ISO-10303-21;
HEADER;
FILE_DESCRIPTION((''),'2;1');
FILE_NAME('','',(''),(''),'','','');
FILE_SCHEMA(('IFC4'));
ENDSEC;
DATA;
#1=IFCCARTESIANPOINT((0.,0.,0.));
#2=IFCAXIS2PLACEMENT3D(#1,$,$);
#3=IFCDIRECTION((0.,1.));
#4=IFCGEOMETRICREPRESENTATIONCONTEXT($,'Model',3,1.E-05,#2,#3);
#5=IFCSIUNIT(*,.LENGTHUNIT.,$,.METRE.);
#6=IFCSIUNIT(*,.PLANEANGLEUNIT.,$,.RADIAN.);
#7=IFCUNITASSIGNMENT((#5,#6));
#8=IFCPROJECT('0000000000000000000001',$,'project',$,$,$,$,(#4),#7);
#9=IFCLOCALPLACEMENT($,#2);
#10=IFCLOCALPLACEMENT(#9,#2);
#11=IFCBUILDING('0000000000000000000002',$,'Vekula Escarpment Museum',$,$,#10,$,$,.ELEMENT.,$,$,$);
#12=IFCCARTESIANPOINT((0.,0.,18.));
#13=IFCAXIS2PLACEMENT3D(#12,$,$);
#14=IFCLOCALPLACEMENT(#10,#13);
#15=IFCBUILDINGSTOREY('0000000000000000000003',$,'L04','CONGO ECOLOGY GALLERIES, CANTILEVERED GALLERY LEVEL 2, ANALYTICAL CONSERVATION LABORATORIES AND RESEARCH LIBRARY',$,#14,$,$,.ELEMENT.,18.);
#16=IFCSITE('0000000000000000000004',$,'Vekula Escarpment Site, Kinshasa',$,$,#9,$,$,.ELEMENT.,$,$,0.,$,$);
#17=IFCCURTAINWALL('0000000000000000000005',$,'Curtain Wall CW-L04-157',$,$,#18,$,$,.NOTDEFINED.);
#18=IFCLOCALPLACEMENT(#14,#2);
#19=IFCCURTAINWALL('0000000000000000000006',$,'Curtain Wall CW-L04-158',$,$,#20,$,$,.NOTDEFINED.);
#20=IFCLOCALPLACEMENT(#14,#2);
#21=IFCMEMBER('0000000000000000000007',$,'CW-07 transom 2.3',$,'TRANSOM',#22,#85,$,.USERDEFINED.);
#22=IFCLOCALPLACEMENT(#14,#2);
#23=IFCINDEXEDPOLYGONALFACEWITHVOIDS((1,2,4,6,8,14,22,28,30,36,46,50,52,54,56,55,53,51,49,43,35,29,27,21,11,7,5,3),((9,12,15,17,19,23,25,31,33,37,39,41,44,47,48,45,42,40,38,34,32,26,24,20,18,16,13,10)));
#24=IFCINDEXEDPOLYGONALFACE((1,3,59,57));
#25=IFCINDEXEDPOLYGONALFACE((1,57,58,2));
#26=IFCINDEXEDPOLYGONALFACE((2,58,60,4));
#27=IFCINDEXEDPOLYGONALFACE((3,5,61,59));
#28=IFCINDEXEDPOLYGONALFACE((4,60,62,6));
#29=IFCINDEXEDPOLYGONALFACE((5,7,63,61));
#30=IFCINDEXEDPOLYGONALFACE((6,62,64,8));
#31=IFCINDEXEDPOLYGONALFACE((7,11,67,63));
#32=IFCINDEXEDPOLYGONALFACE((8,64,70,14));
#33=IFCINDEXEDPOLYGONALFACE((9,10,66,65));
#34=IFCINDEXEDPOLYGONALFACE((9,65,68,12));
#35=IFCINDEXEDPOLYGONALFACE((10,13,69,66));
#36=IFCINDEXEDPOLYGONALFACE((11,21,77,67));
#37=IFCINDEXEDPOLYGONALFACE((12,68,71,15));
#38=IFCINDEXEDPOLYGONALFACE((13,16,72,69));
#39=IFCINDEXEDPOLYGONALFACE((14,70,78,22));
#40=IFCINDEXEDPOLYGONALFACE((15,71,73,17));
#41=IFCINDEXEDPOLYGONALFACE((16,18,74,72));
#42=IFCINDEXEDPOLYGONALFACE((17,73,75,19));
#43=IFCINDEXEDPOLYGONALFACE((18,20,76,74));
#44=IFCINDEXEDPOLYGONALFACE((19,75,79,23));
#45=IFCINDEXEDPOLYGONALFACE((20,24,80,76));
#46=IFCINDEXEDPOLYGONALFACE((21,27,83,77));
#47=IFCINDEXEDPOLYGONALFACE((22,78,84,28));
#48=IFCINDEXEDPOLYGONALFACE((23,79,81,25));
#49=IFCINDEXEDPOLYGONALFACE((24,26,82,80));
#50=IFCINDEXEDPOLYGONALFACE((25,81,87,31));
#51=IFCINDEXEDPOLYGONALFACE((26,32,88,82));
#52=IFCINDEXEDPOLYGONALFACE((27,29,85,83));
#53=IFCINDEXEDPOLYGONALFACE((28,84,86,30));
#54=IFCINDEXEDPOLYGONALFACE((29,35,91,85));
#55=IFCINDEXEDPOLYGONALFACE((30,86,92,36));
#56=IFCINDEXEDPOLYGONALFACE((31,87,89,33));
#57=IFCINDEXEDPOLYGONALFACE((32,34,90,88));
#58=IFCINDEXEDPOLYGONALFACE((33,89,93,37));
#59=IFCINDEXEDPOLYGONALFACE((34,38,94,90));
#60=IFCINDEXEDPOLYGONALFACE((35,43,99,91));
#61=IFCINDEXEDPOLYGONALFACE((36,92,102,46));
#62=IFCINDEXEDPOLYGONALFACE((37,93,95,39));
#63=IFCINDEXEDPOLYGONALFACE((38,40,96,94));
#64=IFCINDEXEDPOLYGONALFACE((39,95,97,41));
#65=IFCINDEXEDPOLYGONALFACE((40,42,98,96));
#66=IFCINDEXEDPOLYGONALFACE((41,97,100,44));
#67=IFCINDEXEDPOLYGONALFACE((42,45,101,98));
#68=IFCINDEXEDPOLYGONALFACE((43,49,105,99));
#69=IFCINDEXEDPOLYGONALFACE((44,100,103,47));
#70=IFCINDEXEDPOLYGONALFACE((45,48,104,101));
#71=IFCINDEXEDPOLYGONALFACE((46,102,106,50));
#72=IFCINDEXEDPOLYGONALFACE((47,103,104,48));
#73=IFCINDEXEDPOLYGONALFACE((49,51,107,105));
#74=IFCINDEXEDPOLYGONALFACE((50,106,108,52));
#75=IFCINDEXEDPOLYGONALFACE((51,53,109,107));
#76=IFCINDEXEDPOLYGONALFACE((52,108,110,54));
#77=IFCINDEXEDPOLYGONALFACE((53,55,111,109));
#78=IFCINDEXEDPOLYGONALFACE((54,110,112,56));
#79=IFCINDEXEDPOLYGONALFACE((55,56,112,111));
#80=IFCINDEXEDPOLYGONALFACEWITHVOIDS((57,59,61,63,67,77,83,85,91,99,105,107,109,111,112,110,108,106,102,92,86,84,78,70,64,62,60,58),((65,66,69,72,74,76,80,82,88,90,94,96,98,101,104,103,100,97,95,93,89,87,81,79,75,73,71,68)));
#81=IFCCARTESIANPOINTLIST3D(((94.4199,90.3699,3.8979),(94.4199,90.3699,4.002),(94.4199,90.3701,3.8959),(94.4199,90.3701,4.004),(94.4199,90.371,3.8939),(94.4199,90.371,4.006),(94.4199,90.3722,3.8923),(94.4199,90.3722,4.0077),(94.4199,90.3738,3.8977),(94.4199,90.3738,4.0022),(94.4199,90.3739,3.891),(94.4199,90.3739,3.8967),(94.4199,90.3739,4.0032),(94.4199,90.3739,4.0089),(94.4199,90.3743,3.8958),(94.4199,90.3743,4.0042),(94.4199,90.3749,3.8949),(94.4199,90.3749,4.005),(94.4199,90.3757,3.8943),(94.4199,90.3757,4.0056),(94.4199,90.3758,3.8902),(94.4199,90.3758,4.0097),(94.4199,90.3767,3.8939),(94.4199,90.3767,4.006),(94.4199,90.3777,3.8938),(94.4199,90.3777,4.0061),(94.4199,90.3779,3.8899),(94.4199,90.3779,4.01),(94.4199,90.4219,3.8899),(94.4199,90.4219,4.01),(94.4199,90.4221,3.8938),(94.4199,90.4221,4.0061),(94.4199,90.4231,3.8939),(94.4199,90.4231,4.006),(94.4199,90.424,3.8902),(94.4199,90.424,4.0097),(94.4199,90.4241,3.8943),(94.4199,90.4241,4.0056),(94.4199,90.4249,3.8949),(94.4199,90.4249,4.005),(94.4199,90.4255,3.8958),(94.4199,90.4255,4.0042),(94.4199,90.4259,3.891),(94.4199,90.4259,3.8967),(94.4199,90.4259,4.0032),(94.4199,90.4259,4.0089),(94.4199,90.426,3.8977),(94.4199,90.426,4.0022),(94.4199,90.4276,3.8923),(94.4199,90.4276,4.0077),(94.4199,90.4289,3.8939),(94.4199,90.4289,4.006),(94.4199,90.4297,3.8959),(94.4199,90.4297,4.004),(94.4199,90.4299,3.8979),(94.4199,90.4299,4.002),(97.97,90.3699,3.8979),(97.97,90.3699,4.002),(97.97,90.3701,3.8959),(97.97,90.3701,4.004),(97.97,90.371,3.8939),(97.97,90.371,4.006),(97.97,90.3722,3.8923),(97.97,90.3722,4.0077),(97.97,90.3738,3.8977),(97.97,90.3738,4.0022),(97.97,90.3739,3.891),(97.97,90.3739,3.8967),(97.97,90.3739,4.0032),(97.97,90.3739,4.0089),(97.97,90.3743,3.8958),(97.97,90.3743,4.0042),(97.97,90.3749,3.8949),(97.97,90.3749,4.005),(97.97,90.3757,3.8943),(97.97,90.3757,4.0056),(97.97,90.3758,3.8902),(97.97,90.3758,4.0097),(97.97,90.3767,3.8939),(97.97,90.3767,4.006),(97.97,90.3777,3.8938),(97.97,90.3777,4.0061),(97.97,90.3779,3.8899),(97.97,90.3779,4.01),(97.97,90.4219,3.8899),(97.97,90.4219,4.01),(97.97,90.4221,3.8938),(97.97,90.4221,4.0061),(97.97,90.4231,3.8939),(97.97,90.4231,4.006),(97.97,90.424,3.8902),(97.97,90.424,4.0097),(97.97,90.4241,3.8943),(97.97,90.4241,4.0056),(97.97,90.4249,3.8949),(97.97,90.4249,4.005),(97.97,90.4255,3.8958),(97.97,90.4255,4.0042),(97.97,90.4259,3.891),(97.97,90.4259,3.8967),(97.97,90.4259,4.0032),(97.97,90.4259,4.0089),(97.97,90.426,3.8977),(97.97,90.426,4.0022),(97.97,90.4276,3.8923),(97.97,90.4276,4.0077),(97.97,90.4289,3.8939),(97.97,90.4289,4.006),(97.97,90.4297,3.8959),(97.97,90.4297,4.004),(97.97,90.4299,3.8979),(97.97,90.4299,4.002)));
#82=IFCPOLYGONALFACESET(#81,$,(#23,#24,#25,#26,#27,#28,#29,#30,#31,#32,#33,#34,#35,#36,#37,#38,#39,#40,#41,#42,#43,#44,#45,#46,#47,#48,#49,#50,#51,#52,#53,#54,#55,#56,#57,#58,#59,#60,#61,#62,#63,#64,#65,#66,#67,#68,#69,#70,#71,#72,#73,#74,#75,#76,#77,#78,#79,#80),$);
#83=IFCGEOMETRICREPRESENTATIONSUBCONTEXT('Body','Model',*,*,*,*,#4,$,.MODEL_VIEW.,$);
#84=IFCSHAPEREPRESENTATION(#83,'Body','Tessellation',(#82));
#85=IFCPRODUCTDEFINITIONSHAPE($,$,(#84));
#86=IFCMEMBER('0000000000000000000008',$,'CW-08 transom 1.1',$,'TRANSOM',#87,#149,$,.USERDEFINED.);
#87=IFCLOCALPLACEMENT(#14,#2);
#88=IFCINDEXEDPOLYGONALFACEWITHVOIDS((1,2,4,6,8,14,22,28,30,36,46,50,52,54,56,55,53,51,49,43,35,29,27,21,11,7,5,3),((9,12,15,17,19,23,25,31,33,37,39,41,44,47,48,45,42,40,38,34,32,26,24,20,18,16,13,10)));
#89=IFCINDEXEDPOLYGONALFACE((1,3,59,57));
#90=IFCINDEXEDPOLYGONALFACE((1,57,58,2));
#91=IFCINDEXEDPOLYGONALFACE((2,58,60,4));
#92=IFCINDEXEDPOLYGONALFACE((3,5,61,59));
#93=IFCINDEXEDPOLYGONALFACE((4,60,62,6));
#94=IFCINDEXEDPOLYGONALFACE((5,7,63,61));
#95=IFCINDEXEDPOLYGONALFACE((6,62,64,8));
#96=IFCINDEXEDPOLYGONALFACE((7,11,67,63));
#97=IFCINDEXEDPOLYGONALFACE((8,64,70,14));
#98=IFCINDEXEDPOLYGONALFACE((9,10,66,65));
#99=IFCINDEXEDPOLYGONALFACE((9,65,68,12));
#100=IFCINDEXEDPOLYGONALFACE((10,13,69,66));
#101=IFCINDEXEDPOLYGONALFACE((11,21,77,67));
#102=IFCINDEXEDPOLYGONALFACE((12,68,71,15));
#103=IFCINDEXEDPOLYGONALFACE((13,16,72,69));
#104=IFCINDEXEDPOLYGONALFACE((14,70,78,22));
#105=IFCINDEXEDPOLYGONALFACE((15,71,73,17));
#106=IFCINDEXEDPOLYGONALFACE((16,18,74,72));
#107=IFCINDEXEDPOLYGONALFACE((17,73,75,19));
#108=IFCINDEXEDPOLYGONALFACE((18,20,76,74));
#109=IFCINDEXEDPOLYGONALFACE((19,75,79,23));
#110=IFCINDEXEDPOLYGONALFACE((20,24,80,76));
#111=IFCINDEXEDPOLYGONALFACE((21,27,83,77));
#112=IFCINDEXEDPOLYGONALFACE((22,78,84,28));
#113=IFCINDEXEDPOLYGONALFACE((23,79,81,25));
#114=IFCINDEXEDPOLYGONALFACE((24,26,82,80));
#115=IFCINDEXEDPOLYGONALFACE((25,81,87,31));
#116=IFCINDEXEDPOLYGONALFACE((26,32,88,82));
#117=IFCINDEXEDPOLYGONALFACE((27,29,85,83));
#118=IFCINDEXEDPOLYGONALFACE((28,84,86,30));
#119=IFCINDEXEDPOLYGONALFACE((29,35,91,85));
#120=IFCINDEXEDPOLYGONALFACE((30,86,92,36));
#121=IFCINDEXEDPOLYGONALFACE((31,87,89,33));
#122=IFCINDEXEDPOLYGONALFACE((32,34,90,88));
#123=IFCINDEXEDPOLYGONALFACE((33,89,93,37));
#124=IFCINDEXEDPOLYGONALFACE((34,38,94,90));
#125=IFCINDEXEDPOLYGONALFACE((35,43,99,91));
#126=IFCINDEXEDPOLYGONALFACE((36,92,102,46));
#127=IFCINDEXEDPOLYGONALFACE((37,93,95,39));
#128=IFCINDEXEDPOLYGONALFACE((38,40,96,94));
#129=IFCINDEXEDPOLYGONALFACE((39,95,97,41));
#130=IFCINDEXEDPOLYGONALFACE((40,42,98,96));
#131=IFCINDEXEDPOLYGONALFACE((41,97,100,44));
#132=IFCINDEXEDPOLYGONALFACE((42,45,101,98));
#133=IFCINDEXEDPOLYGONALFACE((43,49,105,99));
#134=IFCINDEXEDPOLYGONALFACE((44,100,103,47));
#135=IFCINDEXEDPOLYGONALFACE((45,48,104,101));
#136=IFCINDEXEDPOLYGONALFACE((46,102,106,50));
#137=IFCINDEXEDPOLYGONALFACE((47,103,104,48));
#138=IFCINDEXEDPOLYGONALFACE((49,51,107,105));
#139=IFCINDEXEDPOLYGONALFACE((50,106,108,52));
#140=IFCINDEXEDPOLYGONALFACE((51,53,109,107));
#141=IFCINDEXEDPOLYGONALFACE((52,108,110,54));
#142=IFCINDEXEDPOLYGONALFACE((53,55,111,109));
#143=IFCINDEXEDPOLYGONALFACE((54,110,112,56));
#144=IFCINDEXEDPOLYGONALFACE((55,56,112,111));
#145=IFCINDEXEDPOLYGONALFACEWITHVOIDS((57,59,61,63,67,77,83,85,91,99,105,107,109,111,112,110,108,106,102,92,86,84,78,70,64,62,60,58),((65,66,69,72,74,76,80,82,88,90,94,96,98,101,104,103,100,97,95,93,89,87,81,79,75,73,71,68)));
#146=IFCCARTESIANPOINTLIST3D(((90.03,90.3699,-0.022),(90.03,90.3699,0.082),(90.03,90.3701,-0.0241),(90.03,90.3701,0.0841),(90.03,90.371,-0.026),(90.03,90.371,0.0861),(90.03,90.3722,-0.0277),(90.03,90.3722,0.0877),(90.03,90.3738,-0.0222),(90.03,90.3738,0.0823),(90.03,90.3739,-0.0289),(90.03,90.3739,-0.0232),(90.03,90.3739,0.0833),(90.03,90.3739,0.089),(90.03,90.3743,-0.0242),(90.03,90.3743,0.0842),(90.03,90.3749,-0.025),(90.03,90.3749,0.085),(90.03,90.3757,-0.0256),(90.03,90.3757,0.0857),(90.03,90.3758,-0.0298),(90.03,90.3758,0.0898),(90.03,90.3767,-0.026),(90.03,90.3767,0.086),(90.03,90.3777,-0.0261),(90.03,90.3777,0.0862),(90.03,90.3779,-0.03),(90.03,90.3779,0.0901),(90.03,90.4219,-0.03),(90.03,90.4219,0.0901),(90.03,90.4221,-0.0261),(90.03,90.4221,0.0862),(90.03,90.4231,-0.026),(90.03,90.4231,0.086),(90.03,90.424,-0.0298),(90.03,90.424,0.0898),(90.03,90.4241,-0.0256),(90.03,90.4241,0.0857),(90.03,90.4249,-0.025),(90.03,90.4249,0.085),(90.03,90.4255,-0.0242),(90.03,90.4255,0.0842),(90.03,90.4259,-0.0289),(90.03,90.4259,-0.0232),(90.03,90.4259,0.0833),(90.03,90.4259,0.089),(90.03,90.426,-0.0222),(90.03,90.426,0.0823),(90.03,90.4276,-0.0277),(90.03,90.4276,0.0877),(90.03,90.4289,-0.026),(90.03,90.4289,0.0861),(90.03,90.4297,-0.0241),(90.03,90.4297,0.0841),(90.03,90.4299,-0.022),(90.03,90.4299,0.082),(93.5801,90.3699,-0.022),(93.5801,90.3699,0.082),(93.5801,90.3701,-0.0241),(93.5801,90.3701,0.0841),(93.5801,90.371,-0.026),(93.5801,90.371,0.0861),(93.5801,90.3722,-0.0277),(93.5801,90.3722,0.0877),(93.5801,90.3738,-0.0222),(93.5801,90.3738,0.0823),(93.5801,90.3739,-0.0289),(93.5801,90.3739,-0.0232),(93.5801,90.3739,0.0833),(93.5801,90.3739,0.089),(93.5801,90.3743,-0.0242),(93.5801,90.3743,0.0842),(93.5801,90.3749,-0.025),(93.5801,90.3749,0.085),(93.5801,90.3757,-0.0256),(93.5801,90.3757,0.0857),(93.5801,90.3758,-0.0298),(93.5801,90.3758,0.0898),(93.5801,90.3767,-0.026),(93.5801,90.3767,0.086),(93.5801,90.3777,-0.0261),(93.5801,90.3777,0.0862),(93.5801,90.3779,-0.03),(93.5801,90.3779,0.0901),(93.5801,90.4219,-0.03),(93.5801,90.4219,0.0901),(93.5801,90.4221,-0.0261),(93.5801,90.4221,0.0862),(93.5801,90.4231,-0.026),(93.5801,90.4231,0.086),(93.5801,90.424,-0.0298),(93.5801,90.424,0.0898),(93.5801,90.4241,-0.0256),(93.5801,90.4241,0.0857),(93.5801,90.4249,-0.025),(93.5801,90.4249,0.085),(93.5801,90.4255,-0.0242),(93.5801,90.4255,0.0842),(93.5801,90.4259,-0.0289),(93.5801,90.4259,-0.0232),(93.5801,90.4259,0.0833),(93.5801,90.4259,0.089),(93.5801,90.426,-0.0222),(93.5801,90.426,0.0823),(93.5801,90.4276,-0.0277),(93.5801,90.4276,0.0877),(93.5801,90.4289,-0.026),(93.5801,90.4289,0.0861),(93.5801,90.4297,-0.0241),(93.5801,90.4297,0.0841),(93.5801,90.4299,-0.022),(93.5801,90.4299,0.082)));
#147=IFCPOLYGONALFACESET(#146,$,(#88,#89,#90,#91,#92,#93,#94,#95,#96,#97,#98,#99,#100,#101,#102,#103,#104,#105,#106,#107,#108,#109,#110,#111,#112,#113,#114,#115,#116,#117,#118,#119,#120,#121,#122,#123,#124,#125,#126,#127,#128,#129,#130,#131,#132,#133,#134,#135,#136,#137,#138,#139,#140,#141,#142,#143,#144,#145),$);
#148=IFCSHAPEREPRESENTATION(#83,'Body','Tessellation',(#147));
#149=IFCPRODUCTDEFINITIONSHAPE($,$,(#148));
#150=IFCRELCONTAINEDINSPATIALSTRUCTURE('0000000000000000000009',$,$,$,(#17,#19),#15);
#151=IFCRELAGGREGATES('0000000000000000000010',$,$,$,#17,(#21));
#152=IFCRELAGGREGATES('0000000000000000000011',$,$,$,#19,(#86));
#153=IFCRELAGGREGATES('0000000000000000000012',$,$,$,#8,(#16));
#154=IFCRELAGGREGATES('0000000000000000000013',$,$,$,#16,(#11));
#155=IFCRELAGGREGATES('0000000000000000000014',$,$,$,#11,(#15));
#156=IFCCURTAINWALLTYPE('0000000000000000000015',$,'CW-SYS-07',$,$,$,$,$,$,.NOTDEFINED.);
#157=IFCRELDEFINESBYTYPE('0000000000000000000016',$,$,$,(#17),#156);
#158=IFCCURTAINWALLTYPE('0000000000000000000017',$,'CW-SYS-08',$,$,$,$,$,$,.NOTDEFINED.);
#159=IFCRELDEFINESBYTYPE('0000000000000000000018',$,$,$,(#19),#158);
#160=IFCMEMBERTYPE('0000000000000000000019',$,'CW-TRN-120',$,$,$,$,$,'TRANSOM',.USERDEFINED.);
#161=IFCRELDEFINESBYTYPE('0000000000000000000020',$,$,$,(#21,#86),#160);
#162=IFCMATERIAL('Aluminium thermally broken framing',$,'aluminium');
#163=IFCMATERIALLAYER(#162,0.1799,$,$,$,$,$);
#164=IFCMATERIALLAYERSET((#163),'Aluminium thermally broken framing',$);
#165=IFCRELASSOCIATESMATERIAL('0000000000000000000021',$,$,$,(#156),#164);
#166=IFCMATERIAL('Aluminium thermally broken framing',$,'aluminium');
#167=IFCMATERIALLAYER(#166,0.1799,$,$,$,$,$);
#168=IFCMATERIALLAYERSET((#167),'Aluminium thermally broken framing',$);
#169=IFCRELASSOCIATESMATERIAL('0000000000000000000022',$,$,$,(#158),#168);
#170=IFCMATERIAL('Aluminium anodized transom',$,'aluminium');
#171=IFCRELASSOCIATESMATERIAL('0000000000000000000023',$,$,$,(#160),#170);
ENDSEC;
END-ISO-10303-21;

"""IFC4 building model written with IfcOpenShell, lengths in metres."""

from ifc_helpers import new_model, si_unit, direction, frame, origin, origin_2d, place, context, subcontext, project, spatial, hollow_rectangle, extrude, material, layer, layer_set, material_profile, profile_set, type_object, element, aggregate, save


model = new_model("IFC4")

# Units and contexts
model_context = context("Model", 3, precision=1e-05, world=origin(), true_north=direction((0.0, 1.0)))
body_context = subcontext(model_context, "Body", "Model", "MODEL_VIEW")
ifc_project = project(units=[si_unit("LENGTHUNIT", "METRE"), si_unit("PLANEANGLEUNIT", "RADIAN")], contexts=[model_context])

# Site, building, storey
site_placement = place(None, origin())
site = spatial("IfcSite", under=ifc_project, at=site_placement, Name="Vekula Escarpment Site, Kinshasa", CompositionType="ELEMENT", RefElevation=0.0)
building_placement = place(site_placement, origin())
building = spatial("IfcBuilding", under=site, at=building_placement, Name="Vekula Escarpment Museum", CompositionType="ELEMENT")
storey_placement = place(building_placement, frame((0.0, 0.0, 18.0)))
storey = spatial("IfcBuildingStorey", under=building, at=storey_placement, Name="L04", Description="CONGO ECOLOGY GALLERIES, CANTILEVERED GALLERY LEVEL 2, ANALYTICAL CONSERVATION LABORATORIES AND RESEARCH LIBRARY", CompositionType="ELEMENT", Elevation=18.0)

# Curtain wall
ifc_material_1 = material(Name="Aluminium thermally broken framing", Category="aluminium")
ifc_layer_1 = layer(ifc_material_1, 0.1799)
ifc_layer_set_1 = layer_set([ifc_layer_1], Name="Aluminium thermally broken framing")
curtain_wall_type_1 = type_object("IfcCurtainWallType", Name="CW-SYS-07", PredefinedType="NOTDEFINED", material=ifc_layer_set_1)
curtain_wall_1_placement = place(storey_placement, origin())
curtain_wall_1 = element("IfcCurtainWall", 1, at=curtain_wall_1_placement, inside=storey, type_object=curtain_wall_type_1, Name="Curtain Wall CW-L04-157", PredefinedType="NOTDEFINED")

# Curtain wall
ifc_material_2 = material(Name="Aluminium thermally broken framing", Category="aluminium")
ifc_layer_2 = layer(ifc_material_2, 0.1799)
ifc_layer_set_2 = layer_set([ifc_layer_2], Name="Aluminium thermally broken framing")
curtain_wall_type_2 = type_object("IfcCurtainWallType", Name="CW-SYS-08", PredefinedType="NOTDEFINED", material=ifc_layer_set_2)
curtain_wall_2_placement = place(storey_placement, origin())
curtain_wall_2 = element("IfcCurtainWall", 2, at=curtain_wall_2_placement, inside=storey, type_object=curtain_wall_type_2, Name="Curtain Wall CW-L04-158", PredefinedType="NOTDEFINED")

# Members
ifc_material_3 = material(Name="Aluminium anodized transom", Category="aluminium")
ifc_material_profile_1 = material_profile(ifc_material_3, hollow_rectangle(XDim=0.0601, YDim=0.1201, WallThickness=0.0039, InnerFilletRadius=0.0039, OuterFilletRadius=0.0081, at=origin_2d()), Name="ALU 120x60x4")
ifc_profile_set_1 = profile_set([ifc_material_profile_1], Name="Aluminium anodized transom")
member_type_1 = type_object("IfcMemberType", Name="CW-TRN-120", ElementType="TRANSOM", PredefinedType="USERDEFINED", material=ifc_profile_set_1)
member_1_placement = place(storey_placement, frame((97.97, 90.3999, 3.95), z_axis=(-1.0, 0.0, 0.0), x_axis=(0.0, -1.0, 0.0)))
member_1 = element("IfcMember", 3, at=member_1_placement, type_object=member_type_1, Name="CW-07 transom 2.3", ObjectType="TRANSOM", PredefinedType="USERDEFINED", context=body_context, shape_type="SweptSolid", body=[
    extrude(hollow_rectangle(XDim=0.0601, YDim=0.1201, WallThickness=0.0039, InnerFilletRadius=0.0039, OuterFilletRadius=0.0081, at=origin_2d()), origin(), (0.0, 0.0, 1.0), 3.55),
])
member_2_placement = place(storey_placement, frame((93.5801, 90.3999, 0.03), z_axis=(-1.0, 0.0, 0.0), x_axis=(0.0, -1.0, 0.0)))
member_2 = element("IfcMember", 4, at=member_2_placement, type_object=member_type_1, Name="CW-08 transom 1.1", ObjectType="TRANSOM", PredefinedType="USERDEFINED", context=body_context, shape_type="SweptSolid", body=[
    extrude(hollow_rectangle(XDim=0.0601, YDim=0.1201, WallThickness=0.0039, InnerFilletRadius=0.0039, OuterFilletRadius=0.0081, at=origin_2d()), origin(), (0.0, 0.0, 1.0), 3.55),
])

aggregate(curtain_wall_1, [member_1])
aggregate(curtain_wall_2, [member_2])

save(model, "model.ifc")
